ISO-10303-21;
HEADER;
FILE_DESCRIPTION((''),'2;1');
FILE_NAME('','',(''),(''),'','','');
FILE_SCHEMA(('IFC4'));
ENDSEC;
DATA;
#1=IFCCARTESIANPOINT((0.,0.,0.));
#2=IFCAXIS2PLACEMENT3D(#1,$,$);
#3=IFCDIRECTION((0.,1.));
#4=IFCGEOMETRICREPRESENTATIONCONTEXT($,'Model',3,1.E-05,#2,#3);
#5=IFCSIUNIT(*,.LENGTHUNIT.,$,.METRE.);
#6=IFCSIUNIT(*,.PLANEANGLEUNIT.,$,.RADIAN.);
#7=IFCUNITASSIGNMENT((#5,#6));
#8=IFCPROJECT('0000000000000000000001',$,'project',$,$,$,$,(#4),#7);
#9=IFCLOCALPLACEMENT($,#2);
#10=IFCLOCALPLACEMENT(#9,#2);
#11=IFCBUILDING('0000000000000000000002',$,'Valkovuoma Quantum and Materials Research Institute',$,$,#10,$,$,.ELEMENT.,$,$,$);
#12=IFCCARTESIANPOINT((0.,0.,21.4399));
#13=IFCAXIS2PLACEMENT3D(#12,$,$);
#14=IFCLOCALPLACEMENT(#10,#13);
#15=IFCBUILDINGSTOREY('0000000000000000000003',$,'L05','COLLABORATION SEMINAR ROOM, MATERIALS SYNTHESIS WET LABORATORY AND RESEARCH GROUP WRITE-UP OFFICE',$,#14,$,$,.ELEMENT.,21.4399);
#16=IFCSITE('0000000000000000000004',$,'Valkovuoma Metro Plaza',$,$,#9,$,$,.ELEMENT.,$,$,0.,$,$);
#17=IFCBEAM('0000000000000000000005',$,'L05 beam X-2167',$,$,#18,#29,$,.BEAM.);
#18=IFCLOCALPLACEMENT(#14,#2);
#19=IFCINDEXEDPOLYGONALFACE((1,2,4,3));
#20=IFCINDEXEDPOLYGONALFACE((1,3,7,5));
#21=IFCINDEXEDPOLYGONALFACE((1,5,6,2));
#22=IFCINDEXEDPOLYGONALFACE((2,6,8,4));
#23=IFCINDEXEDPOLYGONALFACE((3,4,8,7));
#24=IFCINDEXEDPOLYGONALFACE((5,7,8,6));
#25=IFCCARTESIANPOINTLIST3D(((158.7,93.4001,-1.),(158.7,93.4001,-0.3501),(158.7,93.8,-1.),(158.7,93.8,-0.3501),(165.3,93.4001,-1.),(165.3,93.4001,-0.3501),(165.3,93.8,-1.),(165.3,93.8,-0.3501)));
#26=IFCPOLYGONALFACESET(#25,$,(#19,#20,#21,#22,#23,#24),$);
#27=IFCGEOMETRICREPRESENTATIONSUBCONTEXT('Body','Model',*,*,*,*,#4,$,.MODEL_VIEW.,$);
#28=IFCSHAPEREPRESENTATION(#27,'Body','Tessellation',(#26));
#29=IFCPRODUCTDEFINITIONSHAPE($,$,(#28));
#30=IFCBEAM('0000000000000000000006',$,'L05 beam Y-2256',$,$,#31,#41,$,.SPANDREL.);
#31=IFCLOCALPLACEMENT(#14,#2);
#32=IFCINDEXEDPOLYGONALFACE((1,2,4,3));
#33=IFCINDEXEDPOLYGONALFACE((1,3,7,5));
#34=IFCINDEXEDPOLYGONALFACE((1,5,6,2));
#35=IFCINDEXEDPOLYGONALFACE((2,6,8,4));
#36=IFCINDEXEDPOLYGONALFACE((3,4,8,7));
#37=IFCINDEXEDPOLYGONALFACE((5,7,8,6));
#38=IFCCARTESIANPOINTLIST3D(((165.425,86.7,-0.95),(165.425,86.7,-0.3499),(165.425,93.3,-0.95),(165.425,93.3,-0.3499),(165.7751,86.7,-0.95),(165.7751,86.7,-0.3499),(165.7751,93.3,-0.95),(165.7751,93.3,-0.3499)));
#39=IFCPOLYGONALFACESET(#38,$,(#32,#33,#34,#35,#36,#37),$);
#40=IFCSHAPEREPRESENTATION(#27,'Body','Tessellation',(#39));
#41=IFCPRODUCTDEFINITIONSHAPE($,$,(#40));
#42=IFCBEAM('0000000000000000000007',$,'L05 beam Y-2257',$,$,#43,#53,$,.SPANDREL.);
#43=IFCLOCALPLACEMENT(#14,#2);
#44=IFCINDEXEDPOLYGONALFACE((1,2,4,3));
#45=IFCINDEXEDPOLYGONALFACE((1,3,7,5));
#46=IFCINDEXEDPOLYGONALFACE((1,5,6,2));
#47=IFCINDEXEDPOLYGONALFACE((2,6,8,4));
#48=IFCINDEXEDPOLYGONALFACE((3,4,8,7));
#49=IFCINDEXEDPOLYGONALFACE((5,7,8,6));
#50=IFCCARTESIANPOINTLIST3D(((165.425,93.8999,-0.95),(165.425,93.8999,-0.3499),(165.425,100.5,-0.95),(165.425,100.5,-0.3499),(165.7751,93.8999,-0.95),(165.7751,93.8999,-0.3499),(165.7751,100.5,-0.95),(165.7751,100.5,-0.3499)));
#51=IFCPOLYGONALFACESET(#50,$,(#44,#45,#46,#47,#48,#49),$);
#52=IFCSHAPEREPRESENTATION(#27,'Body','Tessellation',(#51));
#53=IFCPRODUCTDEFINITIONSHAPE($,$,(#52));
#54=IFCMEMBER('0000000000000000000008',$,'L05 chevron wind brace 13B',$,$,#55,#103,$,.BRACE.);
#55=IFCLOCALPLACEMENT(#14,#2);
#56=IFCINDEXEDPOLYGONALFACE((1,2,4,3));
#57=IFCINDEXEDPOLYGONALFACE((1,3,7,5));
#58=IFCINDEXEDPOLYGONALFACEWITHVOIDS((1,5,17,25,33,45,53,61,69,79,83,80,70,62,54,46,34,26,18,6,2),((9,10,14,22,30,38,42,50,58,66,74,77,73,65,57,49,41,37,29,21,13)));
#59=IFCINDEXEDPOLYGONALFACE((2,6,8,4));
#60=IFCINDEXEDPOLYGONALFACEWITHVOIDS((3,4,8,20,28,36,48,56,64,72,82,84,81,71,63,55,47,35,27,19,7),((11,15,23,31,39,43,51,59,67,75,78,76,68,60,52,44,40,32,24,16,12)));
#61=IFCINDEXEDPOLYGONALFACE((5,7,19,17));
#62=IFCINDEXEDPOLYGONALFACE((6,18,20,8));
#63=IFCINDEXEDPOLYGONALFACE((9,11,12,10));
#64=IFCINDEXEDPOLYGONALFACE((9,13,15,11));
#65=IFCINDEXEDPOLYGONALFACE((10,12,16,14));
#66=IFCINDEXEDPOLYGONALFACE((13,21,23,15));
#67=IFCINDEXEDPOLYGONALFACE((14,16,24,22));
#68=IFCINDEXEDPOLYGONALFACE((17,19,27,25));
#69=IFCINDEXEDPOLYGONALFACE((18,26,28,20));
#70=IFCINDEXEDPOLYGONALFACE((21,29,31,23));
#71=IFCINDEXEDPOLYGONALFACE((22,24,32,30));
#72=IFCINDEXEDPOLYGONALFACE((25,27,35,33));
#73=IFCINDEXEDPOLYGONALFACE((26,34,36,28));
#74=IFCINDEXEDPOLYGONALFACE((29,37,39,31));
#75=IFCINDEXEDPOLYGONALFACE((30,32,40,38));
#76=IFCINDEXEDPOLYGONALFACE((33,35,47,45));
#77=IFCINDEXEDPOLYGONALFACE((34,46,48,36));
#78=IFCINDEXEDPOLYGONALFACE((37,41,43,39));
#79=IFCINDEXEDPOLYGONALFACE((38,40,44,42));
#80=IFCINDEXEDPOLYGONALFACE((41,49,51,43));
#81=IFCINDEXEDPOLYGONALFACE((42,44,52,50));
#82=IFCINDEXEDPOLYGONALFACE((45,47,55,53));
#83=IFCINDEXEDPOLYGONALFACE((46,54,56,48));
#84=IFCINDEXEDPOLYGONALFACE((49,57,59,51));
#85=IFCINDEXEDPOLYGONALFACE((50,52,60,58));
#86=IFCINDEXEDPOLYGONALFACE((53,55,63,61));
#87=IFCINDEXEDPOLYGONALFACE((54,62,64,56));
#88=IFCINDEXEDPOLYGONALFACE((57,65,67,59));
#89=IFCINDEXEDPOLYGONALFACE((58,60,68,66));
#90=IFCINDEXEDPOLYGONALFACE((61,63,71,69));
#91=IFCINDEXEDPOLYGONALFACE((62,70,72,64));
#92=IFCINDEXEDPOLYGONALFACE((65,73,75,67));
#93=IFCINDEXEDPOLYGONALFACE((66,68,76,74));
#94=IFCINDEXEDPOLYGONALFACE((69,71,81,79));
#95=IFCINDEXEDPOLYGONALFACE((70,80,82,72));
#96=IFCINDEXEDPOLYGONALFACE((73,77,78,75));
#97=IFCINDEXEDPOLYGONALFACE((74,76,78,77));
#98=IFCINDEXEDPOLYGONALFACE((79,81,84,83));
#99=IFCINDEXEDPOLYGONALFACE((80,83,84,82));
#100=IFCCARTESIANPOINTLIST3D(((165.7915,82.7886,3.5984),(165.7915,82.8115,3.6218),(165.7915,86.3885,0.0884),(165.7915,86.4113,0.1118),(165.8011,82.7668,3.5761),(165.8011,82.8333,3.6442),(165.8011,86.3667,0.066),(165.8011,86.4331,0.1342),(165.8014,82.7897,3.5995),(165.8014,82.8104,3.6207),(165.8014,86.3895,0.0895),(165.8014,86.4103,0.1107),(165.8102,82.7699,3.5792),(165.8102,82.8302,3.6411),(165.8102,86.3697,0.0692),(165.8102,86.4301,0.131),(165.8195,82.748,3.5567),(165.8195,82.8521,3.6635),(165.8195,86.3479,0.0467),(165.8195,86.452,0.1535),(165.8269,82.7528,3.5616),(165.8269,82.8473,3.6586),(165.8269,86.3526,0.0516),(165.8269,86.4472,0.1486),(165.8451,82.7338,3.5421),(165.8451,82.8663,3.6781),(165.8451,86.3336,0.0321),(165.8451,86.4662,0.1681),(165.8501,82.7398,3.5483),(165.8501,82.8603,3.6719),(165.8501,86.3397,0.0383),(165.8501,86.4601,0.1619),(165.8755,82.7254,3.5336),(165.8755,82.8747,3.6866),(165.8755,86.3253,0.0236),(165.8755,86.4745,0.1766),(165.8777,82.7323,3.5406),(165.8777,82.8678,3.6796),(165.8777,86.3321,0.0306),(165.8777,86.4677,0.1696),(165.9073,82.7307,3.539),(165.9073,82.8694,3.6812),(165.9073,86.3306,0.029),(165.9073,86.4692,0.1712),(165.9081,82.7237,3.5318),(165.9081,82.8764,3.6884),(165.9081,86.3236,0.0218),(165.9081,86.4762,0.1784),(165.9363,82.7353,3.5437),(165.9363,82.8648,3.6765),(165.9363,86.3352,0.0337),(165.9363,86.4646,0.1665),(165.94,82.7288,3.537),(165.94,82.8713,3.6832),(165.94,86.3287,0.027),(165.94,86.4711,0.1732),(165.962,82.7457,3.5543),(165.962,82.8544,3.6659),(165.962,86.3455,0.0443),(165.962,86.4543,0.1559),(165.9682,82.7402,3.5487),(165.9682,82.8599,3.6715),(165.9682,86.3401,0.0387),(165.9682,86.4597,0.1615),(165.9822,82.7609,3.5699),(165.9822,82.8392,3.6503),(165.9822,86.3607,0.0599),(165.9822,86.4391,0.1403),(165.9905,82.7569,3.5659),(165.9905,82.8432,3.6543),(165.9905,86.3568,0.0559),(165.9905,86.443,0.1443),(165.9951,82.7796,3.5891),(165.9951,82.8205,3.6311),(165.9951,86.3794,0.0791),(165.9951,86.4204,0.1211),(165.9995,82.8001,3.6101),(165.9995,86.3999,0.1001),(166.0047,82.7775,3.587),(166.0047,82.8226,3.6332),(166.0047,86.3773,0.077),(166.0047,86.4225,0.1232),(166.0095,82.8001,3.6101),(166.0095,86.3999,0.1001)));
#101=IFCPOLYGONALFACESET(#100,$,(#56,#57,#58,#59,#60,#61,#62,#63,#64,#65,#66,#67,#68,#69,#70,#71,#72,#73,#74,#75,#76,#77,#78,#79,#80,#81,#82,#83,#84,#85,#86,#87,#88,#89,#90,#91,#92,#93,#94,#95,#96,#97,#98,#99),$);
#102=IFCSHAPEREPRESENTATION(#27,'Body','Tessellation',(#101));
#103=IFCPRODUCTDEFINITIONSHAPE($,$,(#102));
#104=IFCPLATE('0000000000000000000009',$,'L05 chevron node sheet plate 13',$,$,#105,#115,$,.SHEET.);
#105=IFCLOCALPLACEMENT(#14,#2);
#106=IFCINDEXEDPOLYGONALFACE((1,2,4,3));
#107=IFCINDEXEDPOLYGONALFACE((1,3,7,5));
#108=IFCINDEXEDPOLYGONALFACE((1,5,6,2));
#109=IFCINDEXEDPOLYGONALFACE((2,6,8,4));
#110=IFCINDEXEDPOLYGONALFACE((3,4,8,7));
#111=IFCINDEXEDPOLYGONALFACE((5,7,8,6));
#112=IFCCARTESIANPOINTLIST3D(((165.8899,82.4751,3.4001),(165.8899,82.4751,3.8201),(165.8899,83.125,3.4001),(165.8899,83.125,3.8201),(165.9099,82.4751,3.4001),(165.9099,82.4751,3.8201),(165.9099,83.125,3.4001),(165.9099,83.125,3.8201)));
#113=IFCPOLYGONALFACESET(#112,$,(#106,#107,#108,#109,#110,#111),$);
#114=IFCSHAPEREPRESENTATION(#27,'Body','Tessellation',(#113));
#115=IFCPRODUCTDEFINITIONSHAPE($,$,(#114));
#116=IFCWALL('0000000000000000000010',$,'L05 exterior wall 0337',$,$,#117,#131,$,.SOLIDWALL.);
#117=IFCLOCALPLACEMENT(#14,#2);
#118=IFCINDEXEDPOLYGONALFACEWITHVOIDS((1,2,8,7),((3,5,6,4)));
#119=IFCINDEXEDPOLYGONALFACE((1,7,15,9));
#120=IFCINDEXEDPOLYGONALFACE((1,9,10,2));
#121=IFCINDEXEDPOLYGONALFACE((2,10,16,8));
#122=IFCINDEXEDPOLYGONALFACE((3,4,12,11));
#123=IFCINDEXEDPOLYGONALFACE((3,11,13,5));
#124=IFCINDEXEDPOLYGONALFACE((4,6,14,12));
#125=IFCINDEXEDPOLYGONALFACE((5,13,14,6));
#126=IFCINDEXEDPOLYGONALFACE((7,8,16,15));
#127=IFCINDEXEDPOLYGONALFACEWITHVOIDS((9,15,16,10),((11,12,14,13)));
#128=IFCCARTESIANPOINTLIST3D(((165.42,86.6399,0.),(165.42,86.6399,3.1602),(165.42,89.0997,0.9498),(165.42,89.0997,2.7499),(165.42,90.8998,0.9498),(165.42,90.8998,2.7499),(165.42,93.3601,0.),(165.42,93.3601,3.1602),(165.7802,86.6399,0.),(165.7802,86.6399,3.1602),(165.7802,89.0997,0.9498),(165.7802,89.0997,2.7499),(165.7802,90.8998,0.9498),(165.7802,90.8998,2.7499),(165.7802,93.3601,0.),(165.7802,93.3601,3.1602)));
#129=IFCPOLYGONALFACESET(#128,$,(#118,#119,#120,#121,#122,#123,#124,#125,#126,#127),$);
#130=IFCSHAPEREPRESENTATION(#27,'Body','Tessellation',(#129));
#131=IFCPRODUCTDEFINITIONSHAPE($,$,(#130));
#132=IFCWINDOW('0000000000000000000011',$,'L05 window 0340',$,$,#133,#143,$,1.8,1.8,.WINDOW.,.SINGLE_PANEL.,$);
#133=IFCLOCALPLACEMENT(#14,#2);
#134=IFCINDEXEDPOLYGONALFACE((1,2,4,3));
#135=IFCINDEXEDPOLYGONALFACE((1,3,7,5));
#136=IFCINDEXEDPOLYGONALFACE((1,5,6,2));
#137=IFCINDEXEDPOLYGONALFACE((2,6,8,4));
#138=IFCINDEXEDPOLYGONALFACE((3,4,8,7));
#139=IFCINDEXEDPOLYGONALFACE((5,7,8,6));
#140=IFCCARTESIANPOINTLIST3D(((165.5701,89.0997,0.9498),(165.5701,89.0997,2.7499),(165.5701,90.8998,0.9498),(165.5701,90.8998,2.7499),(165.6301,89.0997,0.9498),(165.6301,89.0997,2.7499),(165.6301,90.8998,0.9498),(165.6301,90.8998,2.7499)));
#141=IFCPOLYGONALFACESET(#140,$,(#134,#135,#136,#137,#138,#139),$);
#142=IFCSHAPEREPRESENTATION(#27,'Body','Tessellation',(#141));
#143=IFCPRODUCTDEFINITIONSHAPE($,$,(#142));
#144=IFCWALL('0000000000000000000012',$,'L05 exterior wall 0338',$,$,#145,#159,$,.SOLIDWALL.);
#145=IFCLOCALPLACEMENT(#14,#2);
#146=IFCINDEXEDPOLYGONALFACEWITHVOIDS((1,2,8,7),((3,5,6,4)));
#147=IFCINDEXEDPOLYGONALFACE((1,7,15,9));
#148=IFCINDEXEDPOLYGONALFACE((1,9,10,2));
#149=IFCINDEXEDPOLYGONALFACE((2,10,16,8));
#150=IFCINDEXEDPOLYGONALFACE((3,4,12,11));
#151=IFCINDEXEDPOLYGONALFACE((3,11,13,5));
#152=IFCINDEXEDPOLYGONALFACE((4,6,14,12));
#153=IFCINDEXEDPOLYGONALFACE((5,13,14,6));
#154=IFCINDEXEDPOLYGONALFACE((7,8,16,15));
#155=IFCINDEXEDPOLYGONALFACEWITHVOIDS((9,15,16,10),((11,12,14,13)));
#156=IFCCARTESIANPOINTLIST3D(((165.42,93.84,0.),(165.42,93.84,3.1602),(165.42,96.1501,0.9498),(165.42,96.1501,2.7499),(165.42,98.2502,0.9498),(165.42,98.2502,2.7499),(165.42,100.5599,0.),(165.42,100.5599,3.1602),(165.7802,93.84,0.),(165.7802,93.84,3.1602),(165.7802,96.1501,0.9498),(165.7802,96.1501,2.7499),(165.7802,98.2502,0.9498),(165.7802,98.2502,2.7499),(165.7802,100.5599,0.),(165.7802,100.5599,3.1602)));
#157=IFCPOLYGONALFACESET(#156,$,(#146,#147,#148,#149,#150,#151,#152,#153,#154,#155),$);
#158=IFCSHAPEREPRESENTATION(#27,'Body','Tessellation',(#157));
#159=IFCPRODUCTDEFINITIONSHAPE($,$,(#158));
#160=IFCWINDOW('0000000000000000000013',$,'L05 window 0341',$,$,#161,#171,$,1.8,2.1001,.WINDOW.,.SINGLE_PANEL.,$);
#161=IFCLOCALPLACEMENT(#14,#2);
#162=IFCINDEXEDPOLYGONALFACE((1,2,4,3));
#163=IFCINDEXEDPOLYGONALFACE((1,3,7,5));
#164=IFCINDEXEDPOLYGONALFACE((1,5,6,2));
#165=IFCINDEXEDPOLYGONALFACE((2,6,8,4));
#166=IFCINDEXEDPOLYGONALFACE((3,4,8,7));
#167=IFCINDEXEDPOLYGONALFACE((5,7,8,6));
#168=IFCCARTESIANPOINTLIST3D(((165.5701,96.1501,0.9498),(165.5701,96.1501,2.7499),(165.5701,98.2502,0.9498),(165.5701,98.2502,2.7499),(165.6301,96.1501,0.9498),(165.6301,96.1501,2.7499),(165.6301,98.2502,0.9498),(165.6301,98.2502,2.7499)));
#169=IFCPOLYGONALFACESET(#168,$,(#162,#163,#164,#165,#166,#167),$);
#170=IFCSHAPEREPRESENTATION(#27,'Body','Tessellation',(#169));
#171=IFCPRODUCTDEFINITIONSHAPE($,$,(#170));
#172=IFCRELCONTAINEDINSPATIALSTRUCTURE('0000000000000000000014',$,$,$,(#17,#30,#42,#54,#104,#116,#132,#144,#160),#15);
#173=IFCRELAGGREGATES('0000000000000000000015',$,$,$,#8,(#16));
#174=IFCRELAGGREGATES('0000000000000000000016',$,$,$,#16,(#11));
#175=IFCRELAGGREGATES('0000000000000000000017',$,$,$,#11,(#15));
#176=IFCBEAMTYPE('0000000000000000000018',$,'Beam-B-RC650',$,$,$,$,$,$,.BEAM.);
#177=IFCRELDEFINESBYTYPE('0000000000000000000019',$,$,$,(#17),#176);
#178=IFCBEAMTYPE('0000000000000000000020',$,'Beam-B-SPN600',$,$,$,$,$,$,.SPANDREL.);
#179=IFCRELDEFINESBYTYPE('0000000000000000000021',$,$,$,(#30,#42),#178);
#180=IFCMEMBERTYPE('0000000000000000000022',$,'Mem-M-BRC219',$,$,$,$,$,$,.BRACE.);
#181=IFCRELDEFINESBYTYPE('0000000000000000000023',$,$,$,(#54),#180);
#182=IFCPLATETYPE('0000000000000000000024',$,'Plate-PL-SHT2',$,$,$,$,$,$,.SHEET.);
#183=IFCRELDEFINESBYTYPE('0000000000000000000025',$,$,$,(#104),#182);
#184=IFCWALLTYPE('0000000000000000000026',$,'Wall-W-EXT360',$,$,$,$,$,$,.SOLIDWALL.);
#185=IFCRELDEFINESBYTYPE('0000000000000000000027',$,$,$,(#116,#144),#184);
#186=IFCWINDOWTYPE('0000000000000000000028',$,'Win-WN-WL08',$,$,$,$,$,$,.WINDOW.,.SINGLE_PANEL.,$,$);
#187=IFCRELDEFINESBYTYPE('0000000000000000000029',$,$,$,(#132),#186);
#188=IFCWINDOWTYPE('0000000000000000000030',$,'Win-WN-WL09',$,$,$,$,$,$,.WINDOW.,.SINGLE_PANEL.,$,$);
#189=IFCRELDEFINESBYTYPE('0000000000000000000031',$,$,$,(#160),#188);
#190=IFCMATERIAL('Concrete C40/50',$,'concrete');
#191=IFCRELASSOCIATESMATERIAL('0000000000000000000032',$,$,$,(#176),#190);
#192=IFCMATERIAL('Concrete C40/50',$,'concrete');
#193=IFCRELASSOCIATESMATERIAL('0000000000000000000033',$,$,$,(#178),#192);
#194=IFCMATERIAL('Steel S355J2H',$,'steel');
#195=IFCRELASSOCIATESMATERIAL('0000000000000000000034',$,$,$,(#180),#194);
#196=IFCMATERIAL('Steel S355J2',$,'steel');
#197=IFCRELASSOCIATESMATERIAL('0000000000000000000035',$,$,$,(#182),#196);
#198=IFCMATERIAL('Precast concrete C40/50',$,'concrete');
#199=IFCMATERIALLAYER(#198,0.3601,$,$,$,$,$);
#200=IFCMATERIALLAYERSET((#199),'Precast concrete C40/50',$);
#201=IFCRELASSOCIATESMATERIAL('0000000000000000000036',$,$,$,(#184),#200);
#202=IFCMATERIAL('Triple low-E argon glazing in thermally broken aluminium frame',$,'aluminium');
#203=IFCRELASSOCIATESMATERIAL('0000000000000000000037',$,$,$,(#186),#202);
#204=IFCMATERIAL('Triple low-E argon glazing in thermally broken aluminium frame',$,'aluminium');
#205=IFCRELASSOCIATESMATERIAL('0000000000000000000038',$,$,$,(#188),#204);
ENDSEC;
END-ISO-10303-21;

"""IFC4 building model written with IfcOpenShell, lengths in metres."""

from ifc_helpers import new_model, si_unit, direction, frame, frame_2d, origin, origin_2d, place, context, subcontext, project, spatial, rectangle, hollow_circle, extrude, material, layer, layer_set, material_profile, profile_set, type_object, element, fill, save


model = new_model("IFC4")

# Units and contexts
model_context = context("Model", 3, precision=1e-05, world=origin(), true_north=direction((0.0, 1.0)))
body_context = subcontext(model_context, "Body", "Model", "MODEL_VIEW")
ifc_project = project(units=[si_unit("LENGTHUNIT", "METRE"), si_unit("PLANEANGLEUNIT", "RADIAN")], contexts=[model_context])

# Site, building, storey
site_placement = place(None, origin())
site = spatial("IfcSite", under=ifc_project, at=site_placement, Name="Valkovuoma Metro Plaza", CompositionType="ELEMENT", RefElevation=0.0)
building_placement = place(site_placement, origin())
building = spatial("IfcBuilding", under=site, at=building_placement, Name="Valkovuoma Quantum and Materials Research Institute", CompositionType="ELEMENT")
storey_placement = place(building_placement, frame((0.0, 0.0, 21.4399)))
storey = spatial("IfcBuildingStorey", under=building, at=storey_placement, Name="L05", Description="COLLABORATION SEMINAR ROOM, MATERIALS SYNTHESIS WET LABORATORY AND RESEARCH GROUP WRITE-UP OFFICE", CompositionType="ELEMENT", Elevation=21.4399)

# Beams
ifc_material_1 = material(Name="Concrete C40/50", Category="concrete")
ifc_material_profile_1 = material_profile(ifc_material_1, rectangle(XDim=0.3999, YDim=0.6499, at=origin_2d()), Name="Concrete C40/50")
ifc_profile_set_1 = profile_set([ifc_material_profile_1], Name="Concrete C40/50")
beam_type_1 = type_object("IfcBeamType", Name="Beam-B-RC650", PredefinedType="BEAM", material=ifc_profile_set_1)
for number, where, z_axis, x_axis, name in (
    (1, (158.7, 93.6001, -0.675), (1.0, 0.0, 0.0), (0.0, 1.0, 0.0), "L05 beam X-2167"),
):
    element("IfcBeam", number, at=place(storey_placement, frame(where, z_axis=z_axis, x_axis=x_axis)), inside=storey, type_object=beam_type_1, Name=name, PredefinedType="BEAM", context=body_context, shape_type="SweptSolid", body=[
        extrude(rectangle(XDim=0.3999, YDim=0.6499, at=origin_2d()), origin(), (0.0, 0.0, 1.0), 6.6001),
    ])
ifc_material_2 = material(Name="Concrete C40/50", Category="concrete")
ifc_material_profile_2 = material_profile(ifc_material_2, rectangle(XDim=0.3501, YDim=0.6001, at=origin_2d()), Name="Concrete C40/50")
ifc_profile_set_2 = profile_set([ifc_material_profile_2], Name="Concrete C40/50")
beam_type_2 = type_object("IfcBeamType", Name="Beam-B-SPN600", PredefinedType="SPANDREL", material=ifc_profile_set_2)
for number, where, z_axis, x_axis, name in (
    (2, (165.6001, 86.7, -0.6499), (0.0, 1.0, 0.0), (-1.0, 0.0, 0.0), "L05 beam Y-2256"),
    (3, (165.6001, 93.8999, -0.6499), (0.0, 1.0, 0.0), (-1.0, 0.0, 0.0), "L05 beam Y-2257"),
):
    element("IfcBeam", number, at=place(storey_placement, frame(where, z_axis=z_axis, x_axis=x_axis)), inside=storey, type_object=beam_type_2, Name=name, PredefinedType="SPANDREL", context=body_context, shape_type="SweptSolid", body=[
        extrude(rectangle(XDim=0.3501, YDim=0.6001, at=origin_2d()), origin(), (0.0, 0.0, 1.0), 6.6001),
    ])

# Member
ifc_material_3 = material(Name="Steel S355J2H", Category="steel")
ifc_material_profile_3 = material_profile(ifc_material_3, hollow_circle(Radius=0.1096, WallThickness=0.01, at=origin_2d()), Name="Steel S355J2H")
ifc_profile_set_3 = profile_set([ifc_material_profile_3], Name="Steel S355J2H")
member_type = type_object("IfcMemberType", Name="Mem-M-BRC219", PredefinedType="BRACE", material=ifc_profile_set_3)
member_placement = place(storey_placement, frame((165.8999, 86.3999, 0.1001), z_axis=(0.0, -0.715985, 0.698116), x_axis=(1.0, 0.0, 0.0)))
element("IfcMember", 4, at=member_placement, inside=storey, type_object=member_type, Name="L05 chevron wind brace 13B", PredefinedType="BRACE", context=body_context, shape_type="SweptSolid", body=[
    extrude(hollow_circle(Radius=0.1096, WallThickness=0.01, at=origin_2d()), origin(), (0.0, 0.0, 1.0), 5.0278),
])

# Plate
ifc_material_4 = material(Name="Steel S355J2", Category="steel")
plate_type = type_object("IfcPlateType", Name="Plate-PL-SHT2", PredefinedType="SHEET", material=ifc_material_4)
plate_placement = place(storey_placement, frame((165.8999, 82.8, 3.4001), z_axis=(0.0, 0.0, 1.0), x_axis=(0.0, 1.0, 0.0)))
element("IfcPlate", 5, at=plate_placement, inside=storey, type_object=plate_type, Name="L05 chevron node sheet plate 13", PredefinedType="SHEET", context=body_context, shape_type="SweptSolid", body=[
    extrude(rectangle(XDim=0.6499, YDim=0.02, at=origin_2d()), origin(), (0.0, 0.0, 1.0), 0.4199),
])

# Walls, openings, windows
ifc_material_5 = material(Name="Precast concrete C40/50", Category="concrete")
ifc_layer_1 = layer(ifc_material_5, 0.3601)
ifc_layer_set_1 = layer_set([ifc_layer_1], Name="Precast concrete C40/50")
wall_type = type_object("IfcWallType", Name="Wall-W-EXT360", PredefinedType="SOLIDWALL", material=ifc_layer_set_1)
wall_1_placement = place(storey_placement, frame((165.6001, 86.6399, 0.0), z_axis=(0.0, 0.0, 1.0), x_axis=(0.0, 1.0, 0.0)))
wall_1 = element("IfcWall", 6, at=wall_1_placement, inside=storey, type_object=wall_type, Name="L05 exterior wall 0337", PredefinedType="SOLIDWALL", context=body_context, shape_type="SweptSolid", body=[
    extrude(rectangle(XDim=6.7202, YDim=0.3601, at=frame_2d((3.3601, 0.0))), origin(), (0.0, 0.0, 1.0), 3.1602),
])
opening_1_placement = place(wall_1_placement, frame((2.46, 0.0, 0.95)))
opening_1 = element("IfcOpeningElement", 7, at=opening_1_placement, cuts=wall_1, PredefinedType="OPENING", context=body_context, shape_type="SweptSolid", body=[
    extrude(rectangle(XDim=1.8, YDim=1.8, at=frame_2d((0.8999, 0.8999))), frame((0.0, 0.1899, 0.0), z_axis=(0.0, -1.0, 0.0), x_axis=(1.0, 0.0, 0.0)), (0.0, 0.0, 1.0), 0.3801),
])
ifc_material_6 = material(Name="Triple low-E argon glazing in thermally broken aluminium frame", Category="aluminium")
window_type_1 = type_object("IfcWindowType", Name="Win-WN-WL08", PartitioningType="SINGLE_PANEL", PredefinedType="WINDOW", material=ifc_material_6)
window_1_placement = place(opening_1_placement, origin())
window_1 = element("IfcWindow", 8, at=window_1_placement, inside=storey, type_object=window_type_1, Name="L05 window 0340", OverallHeight=1.8, OverallWidth=1.8, PartitioningType="SINGLE_PANEL", PredefinedType="WINDOW", context=body_context, shape_type="SweptSolid", body=[
    extrude(rectangle(XDim=1.8, YDim=1.8, at=frame_2d((0.8999, 0.8999))), frame((0.0, 0.03, 0.0), z_axis=(0.0, -1.0, 0.0), x_axis=(1.0, 0.0, 0.0)), (0.0, 0.0, 1.0), 0.0601),
])
fill(opening_1, window_1)
wall_2_placement = place(storey_placement, frame((165.6001, 93.8401, 0.0), z_axis=(0.0, 0.0, 1.0), x_axis=(0.0, 1.0, 0.0)))
wall_2 = element("IfcWall", 9, at=wall_2_placement, inside=storey, type_object=wall_type, Name="L05 exterior wall 0338", PredefinedType="SOLIDWALL", context=body_context, shape_type="SweptSolid", body=[
    extrude(rectangle(XDim=6.72, YDim=0.3601, at=frame_2d((3.3599, 0.0))), origin(), (0.0, 0.0, 1.0), 3.1602),
])
opening_2_placement = place(wall_2_placement, frame((2.3101, 0.0, 0.95)))
opening_2 = element("IfcOpeningElement", 10, at=opening_2_placement, cuts=wall_2, PredefinedType="OPENING", context=body_context, shape_type="SweptSolid", body=[
    extrude(rectangle(XDim=2.1001, YDim=1.8, at=frame_2d((1.05, 0.8999))), frame((0.0, 0.1899, 0.0), z_axis=(0.0, -1.0, 0.0), x_axis=(1.0, 0.0, 0.0)), (0.0, 0.0, 1.0), 0.3801),
])
ifc_material_7 = material(Name="Triple low-E argon glazing in thermally broken aluminium frame", Category="aluminium")
window_type_2 = type_object("IfcWindowType", Name="Win-WN-WL09", PartitioningType="SINGLE_PANEL", PredefinedType="WINDOW", material=ifc_material_7)
window_2_placement = place(opening_2_placement, origin())
window_2 = element("IfcWindow", 11, at=window_2_placement, inside=storey, type_object=window_type_2, Name="L05 window 0341", OverallHeight=1.8, OverallWidth=2.1001, PartitioningType="SINGLE_PANEL", PredefinedType="WINDOW", context=body_context, shape_type="SweptSolid", body=[
    extrude(rectangle(XDim=2.1001, YDim=1.8, at=frame_2d((1.05, 0.8999))), frame((0.0, 0.03, 0.0), z_axis=(0.0, -1.0, 0.0), x_axis=(1.0, 0.0, 0.0)), (0.0, 0.0, 1.0), 0.0601),
])
fill(opening_2, window_2)

save(model, "model.ifc")
